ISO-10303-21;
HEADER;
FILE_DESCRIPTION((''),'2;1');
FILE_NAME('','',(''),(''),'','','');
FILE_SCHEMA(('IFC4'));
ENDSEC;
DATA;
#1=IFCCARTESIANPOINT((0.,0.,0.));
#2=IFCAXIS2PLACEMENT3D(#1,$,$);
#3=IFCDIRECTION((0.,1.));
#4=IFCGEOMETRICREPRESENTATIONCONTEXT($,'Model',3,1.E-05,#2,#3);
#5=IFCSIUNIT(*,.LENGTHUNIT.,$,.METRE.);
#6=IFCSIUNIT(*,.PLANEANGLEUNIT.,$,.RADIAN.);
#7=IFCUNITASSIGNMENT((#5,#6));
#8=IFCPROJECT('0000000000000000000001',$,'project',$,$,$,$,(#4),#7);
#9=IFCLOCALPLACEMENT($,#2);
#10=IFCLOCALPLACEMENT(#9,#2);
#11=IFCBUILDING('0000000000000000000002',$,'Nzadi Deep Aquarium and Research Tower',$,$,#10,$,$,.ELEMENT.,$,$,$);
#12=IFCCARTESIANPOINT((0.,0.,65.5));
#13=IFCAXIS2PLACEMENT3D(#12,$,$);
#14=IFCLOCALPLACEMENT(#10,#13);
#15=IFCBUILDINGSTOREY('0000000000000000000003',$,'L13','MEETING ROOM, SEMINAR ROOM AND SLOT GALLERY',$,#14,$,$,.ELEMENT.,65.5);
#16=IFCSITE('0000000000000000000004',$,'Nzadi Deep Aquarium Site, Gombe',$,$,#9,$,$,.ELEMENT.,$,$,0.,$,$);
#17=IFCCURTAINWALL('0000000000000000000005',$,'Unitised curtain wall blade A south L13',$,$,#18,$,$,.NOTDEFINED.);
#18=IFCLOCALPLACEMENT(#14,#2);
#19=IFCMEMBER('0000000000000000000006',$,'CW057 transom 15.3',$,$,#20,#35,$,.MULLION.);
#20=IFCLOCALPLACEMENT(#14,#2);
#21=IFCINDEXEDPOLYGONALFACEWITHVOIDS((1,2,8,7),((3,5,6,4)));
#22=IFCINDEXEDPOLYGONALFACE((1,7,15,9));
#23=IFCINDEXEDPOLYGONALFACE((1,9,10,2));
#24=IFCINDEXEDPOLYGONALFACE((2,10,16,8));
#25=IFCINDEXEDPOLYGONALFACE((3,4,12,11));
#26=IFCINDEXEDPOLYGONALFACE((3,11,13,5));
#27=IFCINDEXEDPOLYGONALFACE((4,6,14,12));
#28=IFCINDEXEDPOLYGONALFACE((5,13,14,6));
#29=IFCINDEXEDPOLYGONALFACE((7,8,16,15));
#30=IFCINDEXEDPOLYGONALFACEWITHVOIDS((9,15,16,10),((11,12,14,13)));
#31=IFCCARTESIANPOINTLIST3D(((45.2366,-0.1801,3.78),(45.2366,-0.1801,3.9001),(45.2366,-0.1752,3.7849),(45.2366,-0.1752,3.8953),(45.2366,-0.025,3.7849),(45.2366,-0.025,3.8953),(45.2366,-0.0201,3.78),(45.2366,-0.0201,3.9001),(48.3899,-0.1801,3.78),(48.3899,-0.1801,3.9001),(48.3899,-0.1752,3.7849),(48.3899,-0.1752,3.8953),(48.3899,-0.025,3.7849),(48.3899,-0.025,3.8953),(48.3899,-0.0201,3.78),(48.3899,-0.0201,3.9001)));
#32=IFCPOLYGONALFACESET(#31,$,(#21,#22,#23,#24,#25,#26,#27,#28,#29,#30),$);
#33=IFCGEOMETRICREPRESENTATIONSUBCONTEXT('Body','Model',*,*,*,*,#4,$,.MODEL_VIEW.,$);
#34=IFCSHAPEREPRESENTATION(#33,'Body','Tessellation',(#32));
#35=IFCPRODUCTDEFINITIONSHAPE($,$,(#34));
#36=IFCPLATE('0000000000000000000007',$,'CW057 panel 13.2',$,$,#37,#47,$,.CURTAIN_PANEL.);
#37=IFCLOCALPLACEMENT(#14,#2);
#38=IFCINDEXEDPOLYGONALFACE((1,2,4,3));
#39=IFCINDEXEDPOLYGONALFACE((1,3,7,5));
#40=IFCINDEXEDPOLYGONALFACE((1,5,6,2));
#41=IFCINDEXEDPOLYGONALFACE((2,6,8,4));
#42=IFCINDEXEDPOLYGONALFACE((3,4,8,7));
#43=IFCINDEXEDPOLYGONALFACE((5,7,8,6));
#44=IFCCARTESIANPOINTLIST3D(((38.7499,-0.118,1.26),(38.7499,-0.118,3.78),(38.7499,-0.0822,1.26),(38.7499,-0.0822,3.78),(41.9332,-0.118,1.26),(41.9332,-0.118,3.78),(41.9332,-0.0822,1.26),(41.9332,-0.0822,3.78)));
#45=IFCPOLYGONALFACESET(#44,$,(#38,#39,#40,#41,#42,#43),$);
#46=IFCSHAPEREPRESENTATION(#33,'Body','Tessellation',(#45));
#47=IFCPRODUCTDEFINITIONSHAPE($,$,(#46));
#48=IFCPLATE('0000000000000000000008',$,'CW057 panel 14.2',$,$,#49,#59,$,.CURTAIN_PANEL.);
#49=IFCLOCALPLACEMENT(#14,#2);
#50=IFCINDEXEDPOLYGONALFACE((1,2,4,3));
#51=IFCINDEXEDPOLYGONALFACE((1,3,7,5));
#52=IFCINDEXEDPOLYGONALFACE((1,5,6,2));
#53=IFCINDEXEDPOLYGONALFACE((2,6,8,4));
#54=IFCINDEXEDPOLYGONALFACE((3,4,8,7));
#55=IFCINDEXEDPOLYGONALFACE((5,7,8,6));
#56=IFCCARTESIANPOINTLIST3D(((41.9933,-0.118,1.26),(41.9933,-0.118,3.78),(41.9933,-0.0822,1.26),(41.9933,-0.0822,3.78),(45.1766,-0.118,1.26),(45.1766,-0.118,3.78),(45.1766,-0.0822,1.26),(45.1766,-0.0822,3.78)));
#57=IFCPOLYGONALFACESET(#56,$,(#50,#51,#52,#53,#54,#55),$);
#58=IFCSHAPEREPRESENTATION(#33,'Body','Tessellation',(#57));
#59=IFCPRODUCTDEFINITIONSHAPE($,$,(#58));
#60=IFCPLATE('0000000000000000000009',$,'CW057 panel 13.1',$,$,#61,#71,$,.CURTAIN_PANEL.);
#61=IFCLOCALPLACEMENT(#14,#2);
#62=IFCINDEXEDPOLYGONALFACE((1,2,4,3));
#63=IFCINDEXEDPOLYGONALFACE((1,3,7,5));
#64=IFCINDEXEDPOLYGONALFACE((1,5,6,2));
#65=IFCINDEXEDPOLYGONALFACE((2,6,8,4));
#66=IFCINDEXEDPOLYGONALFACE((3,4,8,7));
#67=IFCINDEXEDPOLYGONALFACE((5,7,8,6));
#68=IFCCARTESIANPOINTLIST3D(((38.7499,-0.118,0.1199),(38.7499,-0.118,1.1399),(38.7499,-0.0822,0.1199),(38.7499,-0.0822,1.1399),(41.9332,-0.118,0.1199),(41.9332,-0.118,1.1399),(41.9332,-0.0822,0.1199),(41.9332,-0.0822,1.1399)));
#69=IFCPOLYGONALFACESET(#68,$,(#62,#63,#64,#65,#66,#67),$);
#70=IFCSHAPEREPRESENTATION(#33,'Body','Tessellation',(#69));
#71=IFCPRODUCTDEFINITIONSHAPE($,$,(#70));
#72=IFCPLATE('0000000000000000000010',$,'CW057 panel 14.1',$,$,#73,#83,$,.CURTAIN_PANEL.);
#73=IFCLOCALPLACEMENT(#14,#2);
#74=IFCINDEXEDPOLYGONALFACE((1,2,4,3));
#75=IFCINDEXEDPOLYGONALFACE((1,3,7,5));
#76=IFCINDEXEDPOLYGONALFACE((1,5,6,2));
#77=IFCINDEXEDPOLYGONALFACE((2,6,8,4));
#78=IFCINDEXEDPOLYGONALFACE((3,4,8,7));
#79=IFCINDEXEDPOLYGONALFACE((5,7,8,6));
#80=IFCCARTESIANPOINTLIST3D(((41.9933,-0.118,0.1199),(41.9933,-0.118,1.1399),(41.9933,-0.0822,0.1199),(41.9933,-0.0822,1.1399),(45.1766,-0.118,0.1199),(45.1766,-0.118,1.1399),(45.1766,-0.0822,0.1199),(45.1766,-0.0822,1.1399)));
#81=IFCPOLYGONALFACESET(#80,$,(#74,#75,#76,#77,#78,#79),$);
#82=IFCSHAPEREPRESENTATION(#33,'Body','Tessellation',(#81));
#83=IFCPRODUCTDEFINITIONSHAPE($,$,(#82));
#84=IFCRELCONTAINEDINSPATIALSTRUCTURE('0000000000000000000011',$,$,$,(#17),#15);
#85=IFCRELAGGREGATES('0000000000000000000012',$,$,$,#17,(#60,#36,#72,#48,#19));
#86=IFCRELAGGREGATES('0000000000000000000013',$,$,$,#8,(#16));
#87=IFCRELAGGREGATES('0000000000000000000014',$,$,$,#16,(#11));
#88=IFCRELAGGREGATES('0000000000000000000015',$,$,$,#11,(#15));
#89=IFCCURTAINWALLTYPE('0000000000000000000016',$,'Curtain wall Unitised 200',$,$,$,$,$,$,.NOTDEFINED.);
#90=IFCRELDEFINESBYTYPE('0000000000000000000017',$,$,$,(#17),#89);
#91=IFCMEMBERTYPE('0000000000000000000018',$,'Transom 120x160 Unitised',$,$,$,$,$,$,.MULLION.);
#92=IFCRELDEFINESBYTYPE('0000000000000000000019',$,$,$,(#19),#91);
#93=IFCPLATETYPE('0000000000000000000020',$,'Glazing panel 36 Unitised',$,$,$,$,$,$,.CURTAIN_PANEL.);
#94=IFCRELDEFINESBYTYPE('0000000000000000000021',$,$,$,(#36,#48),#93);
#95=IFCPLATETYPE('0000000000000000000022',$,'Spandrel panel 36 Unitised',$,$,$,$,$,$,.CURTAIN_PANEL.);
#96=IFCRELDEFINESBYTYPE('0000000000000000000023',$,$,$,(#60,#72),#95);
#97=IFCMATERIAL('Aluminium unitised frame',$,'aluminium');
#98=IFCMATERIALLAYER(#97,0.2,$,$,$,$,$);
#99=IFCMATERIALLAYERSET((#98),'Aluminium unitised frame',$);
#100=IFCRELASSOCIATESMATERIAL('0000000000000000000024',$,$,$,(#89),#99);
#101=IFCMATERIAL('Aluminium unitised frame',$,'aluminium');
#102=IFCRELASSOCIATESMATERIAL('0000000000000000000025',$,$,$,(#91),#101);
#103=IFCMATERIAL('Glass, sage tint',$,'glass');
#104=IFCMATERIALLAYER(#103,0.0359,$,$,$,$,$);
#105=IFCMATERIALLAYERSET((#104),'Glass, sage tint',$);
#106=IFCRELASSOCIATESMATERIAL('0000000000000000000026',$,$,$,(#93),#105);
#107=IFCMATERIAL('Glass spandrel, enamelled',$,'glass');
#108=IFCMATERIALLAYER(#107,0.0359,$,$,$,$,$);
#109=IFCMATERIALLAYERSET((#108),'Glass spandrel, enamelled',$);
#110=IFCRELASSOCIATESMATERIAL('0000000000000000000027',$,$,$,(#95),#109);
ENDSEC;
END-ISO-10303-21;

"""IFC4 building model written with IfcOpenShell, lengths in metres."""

from ifc_helpers import new_model, si_unit, direction, frame, origin, origin_2d, place, context, subcontext, project, spatial, rectangle, hollow_rectangle, extrude, material, layer, layer_set, material_profile, profile_set, type_object, element, aggregate, save


model = new_model("IFC4")

# Units and contexts
model_context = context("Model", 3, precision=1e-05, world=origin(), true_north=direction((0.0, 1.0)))
body_context = subcontext(model_context, "Body", "Model", "MODEL_VIEW")
ifc_project = project(units=[si_unit("LENGTHUNIT", "METRE"), si_unit("PLANEANGLEUNIT", "RADIAN")], contexts=[model_context])

# Site, building, storey
site_placement = place(None, origin())
site = spatial("IfcSite", under=ifc_project, at=site_placement, Name="Nzadi Deep Aquarium Site, Gombe", CompositionType="ELEMENT", RefElevation=0.0)
building_placement = place(site_placement, origin())
building = spatial("IfcBuilding", under=site, at=building_placement, Name="Nzadi Deep Aquarium and Research Tower", CompositionType="ELEMENT")
storey_placement = place(building_placement, frame((0.0, 0.0, 65.5)))
storey = spatial("IfcBuildingStorey", under=building, at=storey_placement, Name="L13", Description="MEETING ROOM, SEMINAR ROOM AND SLOT GALLERY", CompositionType="ELEMENT", Elevation=65.5)

# Curtain wall, member, plates
ifc_material_1 = material(Name="Aluminium unitised frame", Category="aluminium")
ifc_layer_1 = layer(ifc_material_1, 0.2)
ifc_layer_set_1 = layer_set([ifc_layer_1], Name="Aluminium unitised frame")
curtain_wall_type = type_object("IfcCurtainWallType", Name="Curtain wall Unitised 200", PredefinedType="NOTDEFINED", material=ifc_layer_set_1)
curtain_wall_placement = place(storey_placement, origin())
curtain_wall = element("IfcCurtainWall", 1, at=curtain_wall_placement, inside=storey, type_object=curtain_wall_type, Name="Unitised curtain wall blade A south L13", PredefinedType="NOTDEFINED")
ifc_material_2 = material(Name="Aluminium unitised frame", Category="aluminium")
ifc_material_profile_1 = material_profile(ifc_material_2, hollow_rectangle(XDim=0.1599, YDim=0.1201, WallThickness=0.0049, at=origin_2d()))
ifc_profile_set_1 = profile_set([ifc_material_profile_1], Name="Aluminium unitised frame")
member_type_1 = type_object("IfcMemberType", Name="Transom 120x160 Unitised", PredefinedType="MULLION", material=ifc_profile_set_1)
member_1_placement = place(storey_placement, frame((45.2366, -0.1001, 3.8401), z_axis=(1.0, 0.0, 0.0), x_axis=(0.0, 1.0, 0.0)))
member_1 = element("IfcMember", 2, at=member_1_placement, type_object=member_type_1, Name="CW057 transom 15.3", PredefinedType="MULLION", context=body_context, shape_type="SweptSolid", body=[
    extrude(hollow_rectangle(XDim=0.1599, YDim=0.1201, WallThickness=0.0049, at=origin_2d()), origin(), (0.0, 0.0, 1.0), 3.1533),
])
ifc_material_3 = material(Name="Glass, sage tint", Category="glass")
ifc_layer_2 = layer(ifc_material_3, 0.0359)
ifc_layer_set_2 = layer_set([ifc_layer_2], Name="Glass, sage tint")
plate_type_1 = type_object("IfcPlateType", Name="Glazing panel 36 Unitised", PredefinedType="CURTAIN_PANEL", material=ifc_layer_set_2)
plate_1_placement = place(storey_placement, frame((40.3416, -0.1001, 1.26), z_axis=(0.0, 0.0, 1.0), x_axis=(1.0, 0.0, 0.0)))
plate_1 = element("IfcPlate", 3, at=plate_1_placement, type_object=plate_type_1, Name="CW057 panel 13.2", PredefinedType="CURTAIN_PANEL", context=body_context, shape_type="SweptSolid", body=[
    extrude(rectangle(XDim=3.1833, YDim=0.0359, at=origin_2d()), origin(), (0.0, 0.0, 1.0), 2.52),
])
plate_2_placement = place(storey_placement, frame((43.585, -0.1001, 1.26), z_axis=(0.0, 0.0, 1.0), x_axis=(1.0, 0.0, 0.0)))
plate_2 = element("IfcPlate", 4, at=plate_2_placement, type_object=plate_type_1, Name="CW057 panel 14.2", PredefinedType="CURTAIN_PANEL", context=body_context, shape_type="SweptSolid", body=[
    extrude(rectangle(XDim=3.1833, YDim=0.0359, at=origin_2d()), origin(), (0.0, 0.0, 1.0), 2.52),
])
ifc_material_4 = material(Name="Glass spandrel, enamelled", Category="glass")
ifc_layer_3 = layer(ifc_material_4, 0.0359)
ifc_layer_set_3 = layer_set([ifc_layer_3], Name="Glass spandrel, enamelled")
plate_type_2 = type_object("IfcPlateType", Name="Spandrel panel 36 Unitised", PredefinedType="CURTAIN_PANEL", material=ifc_layer_set_3)
plate_3_placement = place(storey_placement, frame((40.3416, -0.1001, 0.1199), z_axis=(0.0, 0.0, 1.0), x_axis=(1.0, 0.0, 0.0)))
plate_3 = element("IfcPlate", 5, at=plate_3_placement, type_object=plate_type_2, Name="CW057 panel 13.1", PredefinedType="CURTAIN_PANEL", context=body_context, shape_type="SweptSolid", body=[
    extrude(rectangle(XDim=3.1833, YDim=0.0359, at=origin_2d()), origin(), (0.0, 0.0, 1.0), 1.02),
])
plate_4_placement = place(storey_placement, frame((43.585, -0.1001, 0.1199), z_axis=(0.0, 0.0, 1.0), x_axis=(1.0, 0.0, 0.0)))
plate_4 = element("IfcPlate", 6, at=plate_4_placement, type_object=plate_type_2, Name="CW057 panel 14.1", PredefinedType="CURTAIN_PANEL", context=body_context, shape_type="SweptSolid", body=[
    extrude(rectangle(XDim=3.1833, YDim=0.0359, at=origin_2d()), origin(), (0.0, 0.0, 1.0), 1.02),
])
aggregate(curtain_wall, [plate_3, plate_1, plate_4, plate_2, member_1])

save(model, "model.ifc")
